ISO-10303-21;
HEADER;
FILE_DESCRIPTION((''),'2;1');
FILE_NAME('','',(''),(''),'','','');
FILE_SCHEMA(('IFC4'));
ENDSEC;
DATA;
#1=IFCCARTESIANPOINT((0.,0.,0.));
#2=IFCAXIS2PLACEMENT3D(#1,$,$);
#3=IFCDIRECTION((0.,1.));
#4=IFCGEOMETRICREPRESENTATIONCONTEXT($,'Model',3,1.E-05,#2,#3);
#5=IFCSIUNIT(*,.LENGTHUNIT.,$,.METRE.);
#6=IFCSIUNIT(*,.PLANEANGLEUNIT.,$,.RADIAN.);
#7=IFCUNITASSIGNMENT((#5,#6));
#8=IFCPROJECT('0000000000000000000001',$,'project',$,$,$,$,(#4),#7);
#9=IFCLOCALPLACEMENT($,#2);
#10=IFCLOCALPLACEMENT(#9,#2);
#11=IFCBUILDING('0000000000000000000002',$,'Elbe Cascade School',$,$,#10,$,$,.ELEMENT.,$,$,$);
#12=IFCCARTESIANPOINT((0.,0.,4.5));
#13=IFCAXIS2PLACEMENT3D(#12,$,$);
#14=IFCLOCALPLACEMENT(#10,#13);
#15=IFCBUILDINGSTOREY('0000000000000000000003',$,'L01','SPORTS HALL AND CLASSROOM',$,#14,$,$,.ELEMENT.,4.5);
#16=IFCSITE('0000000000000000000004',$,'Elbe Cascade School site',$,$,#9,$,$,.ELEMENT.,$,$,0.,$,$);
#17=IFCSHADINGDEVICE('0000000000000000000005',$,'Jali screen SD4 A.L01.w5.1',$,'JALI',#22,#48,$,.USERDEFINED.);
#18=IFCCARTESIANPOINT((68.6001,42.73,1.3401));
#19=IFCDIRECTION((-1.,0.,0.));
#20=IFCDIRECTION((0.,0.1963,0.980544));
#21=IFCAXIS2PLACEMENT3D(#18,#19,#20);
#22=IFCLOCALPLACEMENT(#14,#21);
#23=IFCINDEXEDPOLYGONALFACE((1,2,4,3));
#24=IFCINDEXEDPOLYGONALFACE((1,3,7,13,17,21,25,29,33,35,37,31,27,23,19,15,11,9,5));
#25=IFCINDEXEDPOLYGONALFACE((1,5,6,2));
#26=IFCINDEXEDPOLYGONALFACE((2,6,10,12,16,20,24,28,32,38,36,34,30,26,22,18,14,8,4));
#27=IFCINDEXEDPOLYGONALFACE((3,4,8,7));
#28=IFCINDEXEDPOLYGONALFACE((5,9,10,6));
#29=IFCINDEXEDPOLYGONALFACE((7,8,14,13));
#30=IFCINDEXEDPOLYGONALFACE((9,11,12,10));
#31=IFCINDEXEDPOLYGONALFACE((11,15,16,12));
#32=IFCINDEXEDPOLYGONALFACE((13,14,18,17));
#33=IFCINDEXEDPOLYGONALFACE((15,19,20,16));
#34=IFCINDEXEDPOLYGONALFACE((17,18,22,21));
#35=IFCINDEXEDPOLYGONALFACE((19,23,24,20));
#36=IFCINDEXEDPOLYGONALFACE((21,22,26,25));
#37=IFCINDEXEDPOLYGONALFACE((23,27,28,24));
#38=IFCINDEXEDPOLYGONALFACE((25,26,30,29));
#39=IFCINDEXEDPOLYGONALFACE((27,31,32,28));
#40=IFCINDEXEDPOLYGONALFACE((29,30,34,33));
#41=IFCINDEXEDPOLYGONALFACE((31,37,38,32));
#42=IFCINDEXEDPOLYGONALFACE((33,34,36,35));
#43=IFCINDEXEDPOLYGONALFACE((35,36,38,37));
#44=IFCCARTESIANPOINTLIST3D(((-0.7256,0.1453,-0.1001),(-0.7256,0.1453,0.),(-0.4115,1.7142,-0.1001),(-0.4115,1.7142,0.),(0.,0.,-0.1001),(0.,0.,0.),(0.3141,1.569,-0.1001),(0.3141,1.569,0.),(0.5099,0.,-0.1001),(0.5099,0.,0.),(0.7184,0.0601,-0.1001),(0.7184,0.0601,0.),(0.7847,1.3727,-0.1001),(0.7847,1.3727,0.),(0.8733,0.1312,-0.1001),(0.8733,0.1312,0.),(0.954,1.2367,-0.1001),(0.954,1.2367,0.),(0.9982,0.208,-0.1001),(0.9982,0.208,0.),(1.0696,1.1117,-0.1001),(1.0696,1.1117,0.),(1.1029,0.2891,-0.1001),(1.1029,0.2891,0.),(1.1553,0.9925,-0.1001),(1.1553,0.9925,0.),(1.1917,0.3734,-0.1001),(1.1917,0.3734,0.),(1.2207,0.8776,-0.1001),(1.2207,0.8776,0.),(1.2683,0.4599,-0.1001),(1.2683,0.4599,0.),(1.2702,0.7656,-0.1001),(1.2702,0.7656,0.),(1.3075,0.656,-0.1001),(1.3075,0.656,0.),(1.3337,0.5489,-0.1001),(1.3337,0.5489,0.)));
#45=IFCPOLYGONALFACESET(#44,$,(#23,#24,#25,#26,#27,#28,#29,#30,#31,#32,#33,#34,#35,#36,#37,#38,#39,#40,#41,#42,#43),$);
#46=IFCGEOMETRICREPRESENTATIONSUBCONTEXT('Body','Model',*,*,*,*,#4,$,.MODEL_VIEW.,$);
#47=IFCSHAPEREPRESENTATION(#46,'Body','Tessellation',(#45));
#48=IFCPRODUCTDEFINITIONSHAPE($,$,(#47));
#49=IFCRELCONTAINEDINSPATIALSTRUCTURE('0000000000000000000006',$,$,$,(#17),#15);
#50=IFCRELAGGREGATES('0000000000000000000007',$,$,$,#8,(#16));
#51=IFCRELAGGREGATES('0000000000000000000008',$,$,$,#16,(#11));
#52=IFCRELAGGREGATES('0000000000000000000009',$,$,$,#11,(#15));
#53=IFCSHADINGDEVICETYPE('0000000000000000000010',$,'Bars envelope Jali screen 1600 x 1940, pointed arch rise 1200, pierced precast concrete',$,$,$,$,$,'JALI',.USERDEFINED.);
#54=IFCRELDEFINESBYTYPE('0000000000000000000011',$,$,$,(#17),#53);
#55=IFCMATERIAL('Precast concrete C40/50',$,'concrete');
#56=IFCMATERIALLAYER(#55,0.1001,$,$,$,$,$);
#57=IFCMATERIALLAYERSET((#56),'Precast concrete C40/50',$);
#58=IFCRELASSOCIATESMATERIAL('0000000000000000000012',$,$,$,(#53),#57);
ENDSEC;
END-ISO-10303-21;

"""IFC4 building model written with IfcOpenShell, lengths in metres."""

from ifc_helpers import new_model, si_unit, direction, frame, origin, place, context, subcontext, project, spatial, polyline, outline, extrude, material, layer, layer_set, type_object, element, save


model = new_model("IFC4")

# Units and contexts
model_context = context("Model", 3, precision=1e-05, world=origin(), true_north=direction((0.0, 1.0)))
body_context = subcontext(model_context, "Body", "Model", "MODEL_VIEW")
ifc_project = project(units=[si_unit("LENGTHUNIT", "METRE"), si_unit("PLANEANGLEUNIT", "RADIAN")], contexts=[model_context])

# Site, building, storey
site_placement = place(None, origin())
site = spatial("IfcSite", under=ifc_project, at=site_placement, Name="Elbe Cascade School site", CompositionType="ELEMENT", RefElevation=0.0)
building_placement = place(site_placement, origin())
building = spatial("IfcBuilding", under=site, at=building_placement, Name="Elbe Cascade School", CompositionType="ELEMENT")
storey_placement = place(building_placement, frame((0.0, 0.0, 4.5)))
storey = spatial("IfcBuildingStorey", under=building, at=storey_placement, Name="L01", Description="SPORTS HALL AND CLASSROOM", CompositionType="ELEMENT", Elevation=4.5)

# Shading device
ifc_material_1 = material(Name="Precast concrete C40/50", Category="concrete")
ifc_layer_1 = layer(ifc_material_1, 0.1001)
ifc_layer_set_1 = layer_set([ifc_layer_1], Name="Precast concrete C40/50")
shading_device_type = type_object("IfcShadingDeviceType", Name="Bars envelope Jali screen 1600 x 1940, pointed arch rise 1200, pierced precast concrete", ElementType="JALI", PredefinedType="USERDEFINED", material=ifc_layer_set_1)
shading_device_placement = place(storey_placement, frame((68.6001, 42.73, 1.3401), z_axis=(-1.0, 0.0, 0.0), x_axis=(0.0, 0.1963, 0.980544)))
element("IfcShadingDevice", 1, at=shading_device_placement, inside=storey, type_object=shading_device_type, Name="Jali screen SD4 A.L01.w5.1", ObjectType="JALI", PredefinedType="USERDEFINED", context=body_context, shape_type="SweptSolid", body=[
    extrude(outline(polyline([(0.0, 0.0), (0.5099, 0.0), (0.7184, 0.0601), (0.8733, 0.1312), (0.9982, 0.208), (1.1029, 0.2891), (1.1917, 0.3734), (1.2683, 0.4599), (1.3337, 0.5489), (1.3075, 0.656), (1.2702, 0.7656), (1.2207, 0.8776), (1.1553, 0.9925), (1.0696, 1.1117), (0.954, 1.2367), (0.7847, 1.3727), (0.3141, 1.569), (-0.4115, 1.7142), (-0.7256, 0.1453), (0.0, 0.0)])), origin(), (0.0, 0.0, -1.0), 0.1001),
])

save(model, "model.ifc")
